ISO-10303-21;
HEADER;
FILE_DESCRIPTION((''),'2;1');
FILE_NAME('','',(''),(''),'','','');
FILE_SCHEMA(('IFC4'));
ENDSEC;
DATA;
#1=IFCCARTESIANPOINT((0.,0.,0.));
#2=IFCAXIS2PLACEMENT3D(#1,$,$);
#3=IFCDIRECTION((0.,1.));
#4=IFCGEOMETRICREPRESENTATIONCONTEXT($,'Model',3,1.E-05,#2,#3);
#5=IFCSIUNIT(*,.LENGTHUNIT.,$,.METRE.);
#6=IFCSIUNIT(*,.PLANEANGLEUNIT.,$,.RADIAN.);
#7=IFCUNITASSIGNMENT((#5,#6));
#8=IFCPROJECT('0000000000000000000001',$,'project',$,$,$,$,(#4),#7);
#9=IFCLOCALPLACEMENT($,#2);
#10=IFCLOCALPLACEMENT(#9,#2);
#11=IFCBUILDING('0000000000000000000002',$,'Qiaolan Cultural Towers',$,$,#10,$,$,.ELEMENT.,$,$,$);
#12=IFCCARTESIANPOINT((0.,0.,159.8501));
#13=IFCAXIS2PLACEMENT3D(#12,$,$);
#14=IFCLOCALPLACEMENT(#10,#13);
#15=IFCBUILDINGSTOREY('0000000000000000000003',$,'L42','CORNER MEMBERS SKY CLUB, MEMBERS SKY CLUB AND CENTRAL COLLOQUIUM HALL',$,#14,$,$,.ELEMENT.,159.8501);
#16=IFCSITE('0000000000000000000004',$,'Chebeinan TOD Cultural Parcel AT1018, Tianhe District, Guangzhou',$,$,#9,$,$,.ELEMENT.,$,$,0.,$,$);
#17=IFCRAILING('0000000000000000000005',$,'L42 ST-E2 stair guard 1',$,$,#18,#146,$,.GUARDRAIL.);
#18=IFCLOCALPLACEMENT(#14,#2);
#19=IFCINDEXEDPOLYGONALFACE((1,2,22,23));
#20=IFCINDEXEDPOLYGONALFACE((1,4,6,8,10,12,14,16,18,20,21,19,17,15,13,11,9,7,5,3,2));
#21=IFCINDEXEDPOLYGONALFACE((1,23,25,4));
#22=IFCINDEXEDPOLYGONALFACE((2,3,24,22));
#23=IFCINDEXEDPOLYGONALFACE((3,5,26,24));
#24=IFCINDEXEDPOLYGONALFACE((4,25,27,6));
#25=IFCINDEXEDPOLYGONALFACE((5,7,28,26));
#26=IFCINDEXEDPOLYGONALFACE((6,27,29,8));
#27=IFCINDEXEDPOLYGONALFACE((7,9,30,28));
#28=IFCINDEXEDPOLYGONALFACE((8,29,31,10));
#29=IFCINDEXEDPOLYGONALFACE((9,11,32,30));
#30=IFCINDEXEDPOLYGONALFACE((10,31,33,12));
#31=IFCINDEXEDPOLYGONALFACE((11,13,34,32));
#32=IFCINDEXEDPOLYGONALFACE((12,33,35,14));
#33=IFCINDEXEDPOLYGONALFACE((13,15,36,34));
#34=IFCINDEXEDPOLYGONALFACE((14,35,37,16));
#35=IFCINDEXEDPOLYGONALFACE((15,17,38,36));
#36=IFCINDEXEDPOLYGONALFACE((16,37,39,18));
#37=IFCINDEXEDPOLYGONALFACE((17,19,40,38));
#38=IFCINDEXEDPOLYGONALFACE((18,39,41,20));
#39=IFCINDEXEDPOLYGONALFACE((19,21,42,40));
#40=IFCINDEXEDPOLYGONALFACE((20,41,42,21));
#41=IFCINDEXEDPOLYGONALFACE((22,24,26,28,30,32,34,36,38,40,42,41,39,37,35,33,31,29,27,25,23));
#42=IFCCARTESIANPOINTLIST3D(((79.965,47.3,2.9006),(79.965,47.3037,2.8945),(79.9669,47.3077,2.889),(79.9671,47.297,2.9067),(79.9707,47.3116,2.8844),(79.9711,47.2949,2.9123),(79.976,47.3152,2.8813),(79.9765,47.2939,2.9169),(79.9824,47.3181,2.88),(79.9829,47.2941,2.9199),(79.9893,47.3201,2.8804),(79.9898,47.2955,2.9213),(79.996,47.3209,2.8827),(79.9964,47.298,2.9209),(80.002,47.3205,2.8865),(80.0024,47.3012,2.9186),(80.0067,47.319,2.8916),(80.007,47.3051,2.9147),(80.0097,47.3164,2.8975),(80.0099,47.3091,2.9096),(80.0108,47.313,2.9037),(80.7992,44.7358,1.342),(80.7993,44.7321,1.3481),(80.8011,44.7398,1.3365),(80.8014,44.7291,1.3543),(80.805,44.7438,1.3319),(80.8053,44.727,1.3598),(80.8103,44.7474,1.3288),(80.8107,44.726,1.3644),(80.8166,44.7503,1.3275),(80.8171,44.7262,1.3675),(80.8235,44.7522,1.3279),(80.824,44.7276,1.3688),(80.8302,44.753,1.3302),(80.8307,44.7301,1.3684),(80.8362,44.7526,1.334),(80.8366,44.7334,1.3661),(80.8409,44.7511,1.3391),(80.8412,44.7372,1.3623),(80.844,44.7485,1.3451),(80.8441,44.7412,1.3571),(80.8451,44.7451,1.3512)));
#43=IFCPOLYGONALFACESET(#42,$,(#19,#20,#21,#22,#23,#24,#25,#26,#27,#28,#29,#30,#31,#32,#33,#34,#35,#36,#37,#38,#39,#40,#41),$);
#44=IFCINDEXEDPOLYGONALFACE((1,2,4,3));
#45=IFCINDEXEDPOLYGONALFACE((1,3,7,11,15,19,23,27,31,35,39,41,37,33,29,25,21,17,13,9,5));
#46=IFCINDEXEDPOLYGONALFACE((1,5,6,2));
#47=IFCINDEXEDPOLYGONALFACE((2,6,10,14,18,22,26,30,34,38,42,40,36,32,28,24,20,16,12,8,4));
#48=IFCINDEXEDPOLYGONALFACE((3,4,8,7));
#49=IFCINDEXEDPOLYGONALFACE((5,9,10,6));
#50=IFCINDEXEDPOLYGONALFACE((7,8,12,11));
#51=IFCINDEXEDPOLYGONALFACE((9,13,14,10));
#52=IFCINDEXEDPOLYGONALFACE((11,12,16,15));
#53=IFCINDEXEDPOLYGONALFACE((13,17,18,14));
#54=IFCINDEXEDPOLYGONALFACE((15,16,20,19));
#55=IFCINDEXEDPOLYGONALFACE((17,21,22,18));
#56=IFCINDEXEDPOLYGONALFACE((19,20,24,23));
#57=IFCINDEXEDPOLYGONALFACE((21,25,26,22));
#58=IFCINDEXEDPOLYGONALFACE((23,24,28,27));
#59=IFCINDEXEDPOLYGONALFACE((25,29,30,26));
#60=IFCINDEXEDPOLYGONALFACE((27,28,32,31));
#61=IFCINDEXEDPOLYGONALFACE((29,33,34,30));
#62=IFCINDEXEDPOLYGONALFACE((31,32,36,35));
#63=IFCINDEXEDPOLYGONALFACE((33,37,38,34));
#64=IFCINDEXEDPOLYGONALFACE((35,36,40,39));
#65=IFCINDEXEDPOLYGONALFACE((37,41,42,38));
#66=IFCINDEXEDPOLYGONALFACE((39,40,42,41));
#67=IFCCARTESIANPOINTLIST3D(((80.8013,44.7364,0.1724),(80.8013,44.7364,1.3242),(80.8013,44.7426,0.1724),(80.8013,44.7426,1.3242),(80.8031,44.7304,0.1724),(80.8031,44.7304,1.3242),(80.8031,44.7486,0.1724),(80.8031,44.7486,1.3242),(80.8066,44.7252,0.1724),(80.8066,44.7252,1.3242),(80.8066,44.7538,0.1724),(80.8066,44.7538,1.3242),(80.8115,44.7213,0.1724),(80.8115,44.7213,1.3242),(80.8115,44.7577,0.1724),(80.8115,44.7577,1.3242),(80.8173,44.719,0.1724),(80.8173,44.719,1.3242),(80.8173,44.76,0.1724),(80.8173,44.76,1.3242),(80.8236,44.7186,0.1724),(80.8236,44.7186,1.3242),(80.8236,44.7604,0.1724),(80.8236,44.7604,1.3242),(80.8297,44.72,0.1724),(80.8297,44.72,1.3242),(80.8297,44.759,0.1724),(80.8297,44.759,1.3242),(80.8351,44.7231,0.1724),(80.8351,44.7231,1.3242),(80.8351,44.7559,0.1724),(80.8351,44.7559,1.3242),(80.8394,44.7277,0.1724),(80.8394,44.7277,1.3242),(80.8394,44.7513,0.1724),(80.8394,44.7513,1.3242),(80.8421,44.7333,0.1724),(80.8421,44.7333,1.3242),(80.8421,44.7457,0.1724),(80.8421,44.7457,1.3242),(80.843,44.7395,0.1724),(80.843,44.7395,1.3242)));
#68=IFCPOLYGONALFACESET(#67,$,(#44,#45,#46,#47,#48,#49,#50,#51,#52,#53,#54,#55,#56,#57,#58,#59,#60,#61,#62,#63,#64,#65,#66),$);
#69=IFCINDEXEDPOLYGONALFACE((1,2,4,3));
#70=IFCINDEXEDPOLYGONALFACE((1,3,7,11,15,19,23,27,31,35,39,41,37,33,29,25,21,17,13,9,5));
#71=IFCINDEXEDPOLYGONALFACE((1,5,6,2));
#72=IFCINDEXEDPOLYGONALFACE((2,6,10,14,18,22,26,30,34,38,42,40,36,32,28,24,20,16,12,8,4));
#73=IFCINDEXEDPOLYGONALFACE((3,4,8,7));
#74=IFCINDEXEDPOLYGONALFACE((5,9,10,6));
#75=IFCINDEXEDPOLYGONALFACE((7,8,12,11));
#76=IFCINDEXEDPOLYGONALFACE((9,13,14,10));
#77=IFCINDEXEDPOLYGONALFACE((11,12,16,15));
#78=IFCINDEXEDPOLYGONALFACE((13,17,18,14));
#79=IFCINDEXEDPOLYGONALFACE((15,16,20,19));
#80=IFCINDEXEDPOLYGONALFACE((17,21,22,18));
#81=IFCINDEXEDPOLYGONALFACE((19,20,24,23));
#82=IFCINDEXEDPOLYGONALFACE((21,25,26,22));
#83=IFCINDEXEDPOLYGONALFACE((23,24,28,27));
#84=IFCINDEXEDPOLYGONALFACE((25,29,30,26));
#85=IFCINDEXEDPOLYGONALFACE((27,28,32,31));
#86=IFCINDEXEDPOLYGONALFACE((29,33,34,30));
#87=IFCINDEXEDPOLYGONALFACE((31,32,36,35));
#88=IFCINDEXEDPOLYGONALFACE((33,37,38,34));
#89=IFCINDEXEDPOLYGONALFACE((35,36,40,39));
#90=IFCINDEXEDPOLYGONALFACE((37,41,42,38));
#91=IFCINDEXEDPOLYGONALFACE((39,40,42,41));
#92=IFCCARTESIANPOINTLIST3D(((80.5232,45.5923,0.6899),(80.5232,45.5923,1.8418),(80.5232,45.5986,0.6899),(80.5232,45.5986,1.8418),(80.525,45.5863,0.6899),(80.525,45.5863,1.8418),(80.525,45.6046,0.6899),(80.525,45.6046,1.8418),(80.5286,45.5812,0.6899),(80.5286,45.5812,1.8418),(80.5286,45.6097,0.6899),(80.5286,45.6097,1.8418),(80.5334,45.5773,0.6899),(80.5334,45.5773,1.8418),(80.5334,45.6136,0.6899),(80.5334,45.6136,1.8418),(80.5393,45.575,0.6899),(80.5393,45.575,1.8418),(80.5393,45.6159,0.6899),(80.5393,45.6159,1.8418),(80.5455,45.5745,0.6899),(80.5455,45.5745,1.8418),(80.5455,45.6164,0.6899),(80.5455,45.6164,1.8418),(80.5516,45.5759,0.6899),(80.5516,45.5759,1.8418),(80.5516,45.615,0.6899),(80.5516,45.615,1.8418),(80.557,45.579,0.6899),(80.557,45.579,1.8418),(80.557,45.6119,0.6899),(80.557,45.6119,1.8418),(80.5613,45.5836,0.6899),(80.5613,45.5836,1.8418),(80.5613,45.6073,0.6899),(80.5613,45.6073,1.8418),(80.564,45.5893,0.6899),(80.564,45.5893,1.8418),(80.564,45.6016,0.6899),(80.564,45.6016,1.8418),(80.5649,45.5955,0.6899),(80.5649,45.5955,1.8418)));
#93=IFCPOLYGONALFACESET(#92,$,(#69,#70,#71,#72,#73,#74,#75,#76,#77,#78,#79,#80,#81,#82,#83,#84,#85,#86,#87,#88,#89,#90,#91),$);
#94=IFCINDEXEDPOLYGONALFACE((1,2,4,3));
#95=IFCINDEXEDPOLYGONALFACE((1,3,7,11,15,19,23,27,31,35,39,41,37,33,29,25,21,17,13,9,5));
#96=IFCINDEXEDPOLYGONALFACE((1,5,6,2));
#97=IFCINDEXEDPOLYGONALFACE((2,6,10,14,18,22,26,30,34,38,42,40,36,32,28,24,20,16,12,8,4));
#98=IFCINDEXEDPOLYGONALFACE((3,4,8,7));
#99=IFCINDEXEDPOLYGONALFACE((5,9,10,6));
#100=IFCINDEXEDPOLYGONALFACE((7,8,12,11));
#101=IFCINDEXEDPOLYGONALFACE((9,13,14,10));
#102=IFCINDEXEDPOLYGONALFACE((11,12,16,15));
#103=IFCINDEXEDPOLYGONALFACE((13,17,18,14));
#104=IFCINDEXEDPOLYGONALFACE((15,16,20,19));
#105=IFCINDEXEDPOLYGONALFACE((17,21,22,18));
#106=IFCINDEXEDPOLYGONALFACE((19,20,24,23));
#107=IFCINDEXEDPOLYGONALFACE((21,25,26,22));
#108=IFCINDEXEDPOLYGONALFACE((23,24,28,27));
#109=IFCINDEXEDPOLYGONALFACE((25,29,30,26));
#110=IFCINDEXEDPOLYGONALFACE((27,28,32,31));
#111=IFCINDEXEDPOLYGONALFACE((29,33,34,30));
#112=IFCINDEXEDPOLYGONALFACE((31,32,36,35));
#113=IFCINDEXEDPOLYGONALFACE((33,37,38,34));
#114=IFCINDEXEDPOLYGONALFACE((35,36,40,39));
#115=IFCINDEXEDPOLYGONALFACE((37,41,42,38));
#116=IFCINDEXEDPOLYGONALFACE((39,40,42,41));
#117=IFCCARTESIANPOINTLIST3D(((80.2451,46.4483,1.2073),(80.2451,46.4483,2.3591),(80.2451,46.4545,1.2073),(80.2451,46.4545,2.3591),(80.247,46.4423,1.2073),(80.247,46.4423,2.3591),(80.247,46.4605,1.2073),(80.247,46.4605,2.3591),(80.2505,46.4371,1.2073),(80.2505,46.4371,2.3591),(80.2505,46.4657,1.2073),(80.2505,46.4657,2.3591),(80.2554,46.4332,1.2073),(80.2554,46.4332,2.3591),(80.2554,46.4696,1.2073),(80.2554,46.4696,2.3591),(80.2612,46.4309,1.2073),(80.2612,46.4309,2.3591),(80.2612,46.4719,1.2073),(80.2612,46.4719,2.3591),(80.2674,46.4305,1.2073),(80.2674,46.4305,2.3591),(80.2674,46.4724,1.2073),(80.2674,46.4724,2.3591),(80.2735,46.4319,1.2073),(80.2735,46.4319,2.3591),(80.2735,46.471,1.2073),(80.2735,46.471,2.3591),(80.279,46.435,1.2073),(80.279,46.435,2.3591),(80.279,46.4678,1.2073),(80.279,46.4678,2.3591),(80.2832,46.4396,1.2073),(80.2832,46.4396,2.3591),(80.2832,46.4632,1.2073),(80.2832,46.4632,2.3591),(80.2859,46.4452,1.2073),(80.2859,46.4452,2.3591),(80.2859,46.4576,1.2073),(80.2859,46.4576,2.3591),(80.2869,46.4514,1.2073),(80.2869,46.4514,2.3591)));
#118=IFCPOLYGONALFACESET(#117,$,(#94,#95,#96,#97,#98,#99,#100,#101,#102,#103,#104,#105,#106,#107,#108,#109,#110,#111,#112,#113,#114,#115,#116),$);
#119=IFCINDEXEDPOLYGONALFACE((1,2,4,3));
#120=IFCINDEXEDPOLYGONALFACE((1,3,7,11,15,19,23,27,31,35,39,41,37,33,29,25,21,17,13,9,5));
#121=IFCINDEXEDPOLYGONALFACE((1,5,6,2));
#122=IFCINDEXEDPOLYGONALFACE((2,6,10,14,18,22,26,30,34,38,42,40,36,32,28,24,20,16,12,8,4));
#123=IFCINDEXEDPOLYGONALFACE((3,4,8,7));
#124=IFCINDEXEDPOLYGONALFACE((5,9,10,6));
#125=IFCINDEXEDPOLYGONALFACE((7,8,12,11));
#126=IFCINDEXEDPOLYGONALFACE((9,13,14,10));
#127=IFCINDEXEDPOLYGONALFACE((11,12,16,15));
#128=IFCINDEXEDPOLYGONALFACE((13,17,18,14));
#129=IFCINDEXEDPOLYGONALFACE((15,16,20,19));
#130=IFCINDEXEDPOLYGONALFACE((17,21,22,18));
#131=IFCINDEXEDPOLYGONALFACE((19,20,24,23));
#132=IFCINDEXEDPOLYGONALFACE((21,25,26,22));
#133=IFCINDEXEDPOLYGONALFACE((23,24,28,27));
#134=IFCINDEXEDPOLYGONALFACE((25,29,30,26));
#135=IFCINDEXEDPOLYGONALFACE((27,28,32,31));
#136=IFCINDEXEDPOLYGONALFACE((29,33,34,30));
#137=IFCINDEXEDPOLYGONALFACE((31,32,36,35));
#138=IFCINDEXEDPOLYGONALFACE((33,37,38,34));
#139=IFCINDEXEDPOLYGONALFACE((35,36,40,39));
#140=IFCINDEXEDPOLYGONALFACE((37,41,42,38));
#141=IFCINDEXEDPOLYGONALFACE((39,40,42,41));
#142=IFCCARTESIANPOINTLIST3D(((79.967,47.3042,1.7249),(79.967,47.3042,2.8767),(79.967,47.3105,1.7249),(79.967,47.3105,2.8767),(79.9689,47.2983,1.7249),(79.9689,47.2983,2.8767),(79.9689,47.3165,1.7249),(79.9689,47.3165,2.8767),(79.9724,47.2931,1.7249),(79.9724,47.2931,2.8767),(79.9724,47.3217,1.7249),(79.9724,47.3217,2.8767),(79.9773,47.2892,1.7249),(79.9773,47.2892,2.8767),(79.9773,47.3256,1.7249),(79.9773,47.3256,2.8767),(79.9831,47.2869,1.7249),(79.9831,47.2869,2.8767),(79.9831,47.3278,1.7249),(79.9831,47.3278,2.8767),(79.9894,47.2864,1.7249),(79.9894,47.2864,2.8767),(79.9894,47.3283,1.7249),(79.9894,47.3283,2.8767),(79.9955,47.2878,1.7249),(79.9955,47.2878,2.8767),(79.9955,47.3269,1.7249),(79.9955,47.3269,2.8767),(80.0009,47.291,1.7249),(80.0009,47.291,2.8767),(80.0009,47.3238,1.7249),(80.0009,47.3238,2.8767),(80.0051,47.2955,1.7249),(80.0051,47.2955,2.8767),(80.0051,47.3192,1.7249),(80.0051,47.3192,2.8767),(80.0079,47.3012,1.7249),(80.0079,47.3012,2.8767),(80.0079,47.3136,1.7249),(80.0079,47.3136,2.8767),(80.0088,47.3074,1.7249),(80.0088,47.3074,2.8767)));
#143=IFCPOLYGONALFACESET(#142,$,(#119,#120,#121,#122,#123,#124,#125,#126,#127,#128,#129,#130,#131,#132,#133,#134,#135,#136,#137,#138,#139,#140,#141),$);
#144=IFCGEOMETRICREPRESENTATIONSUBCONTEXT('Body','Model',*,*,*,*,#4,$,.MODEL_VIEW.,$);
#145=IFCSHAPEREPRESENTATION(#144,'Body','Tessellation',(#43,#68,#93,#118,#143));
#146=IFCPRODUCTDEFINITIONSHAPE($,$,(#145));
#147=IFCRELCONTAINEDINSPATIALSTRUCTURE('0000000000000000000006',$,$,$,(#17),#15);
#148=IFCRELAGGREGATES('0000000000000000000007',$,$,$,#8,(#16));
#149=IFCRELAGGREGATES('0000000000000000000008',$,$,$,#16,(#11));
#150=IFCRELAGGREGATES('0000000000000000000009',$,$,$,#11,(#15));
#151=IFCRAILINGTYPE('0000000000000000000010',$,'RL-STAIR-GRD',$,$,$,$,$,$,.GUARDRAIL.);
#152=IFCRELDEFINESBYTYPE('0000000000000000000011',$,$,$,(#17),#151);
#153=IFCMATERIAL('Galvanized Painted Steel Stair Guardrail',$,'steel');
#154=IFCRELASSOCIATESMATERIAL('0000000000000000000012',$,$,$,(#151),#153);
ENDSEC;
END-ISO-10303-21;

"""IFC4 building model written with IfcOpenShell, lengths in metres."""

from ifc_helpers import new_model, si_unit, direction, frame, origin, origin_2d, place, context, subcontext, project, spatial, circle, extrude, material, type_object, element, save


model = new_model("IFC4")

# Units and contexts
model_context = context("Model", 3, precision=1e-05, world=origin(), true_north=direction((0.0, 1.0)))
body_context = subcontext(model_context, "Body", "Model", "MODEL_VIEW")
ifc_project = project(units=[si_unit("LENGTHUNIT", "METRE"), si_unit("PLANEANGLEUNIT", "RADIAN")], contexts=[model_context])

# Site, building, storey
site_placement = place(None, origin())
site = spatial("IfcSite", under=ifc_project, at=site_placement, Name="Chebeinan TOD Cultural Parcel AT1018, Tianhe District, Guangzhou", CompositionType="ELEMENT", RefElevation=0.0)
building_placement = place(site_placement, origin())
building = spatial("IfcBuilding", under=site, at=building_placement, Name="Qiaolan Cultural Towers", CompositionType="ELEMENT")
storey_placement = place(building_placement, frame((0.0, 0.0, 159.8501)))
storey = spatial("IfcBuildingStorey", under=building, at=storey_placement, Name="L42", Description="CORNER MEMBERS SKY CLUB, MEMBERS SKY CLUB AND CENTRAL COLLOQUIUM HALL", CompositionType="ELEMENT", Elevation=159.8501)

# Railing
ifc_material_1 = material(Name="Galvanized Painted Steel Stair Guardrail", Category="steel")
railing_type_1 = type_object("IfcRailingType", Name="RL-STAIR-GRD", PredefinedType="GUARDRAIL", material=ifc_material_1)
railing_1_placement = place(storey_placement, frame((80.822, 44.7395, 0.1724)))
element("IfcRailing", 1, at=railing_1_placement, inside=storey, type_object=railing_type_1, Name="L42 ST-E2 stair guard 1", PredefinedType="GUARDRAIL", context=body_context, shape_type="SweptSolid", body=[
    extrude(circle(Radius=0.0239, at=origin_2d()), frame((0.0, 0.0, 1.1758), z_axis=(-0.267853, 0.824488, 0.498471), x_axis=(-0.95107, -0.308976, 0.0)), (0.0, 0.0, 1.0), 3.1145),
    extrude(circle(Radius=0.021, at=origin_2d()), origin(), (0.0, 0.0, 1.0), 1.1519),
    extrude(circle(Radius=0.021, at=origin_2d()), frame((-0.2781, 0.856, 0.5176)), (0.0, 0.0, 1.0), 1.1519),
    extrude(circle(Radius=0.021, at=origin_2d()), frame((-0.5562, 1.7119, 1.0349)), (0.0, 0.0, 1.0), 1.1519),
    extrude(circle(Radius=0.021, at=origin_2d()), frame((-0.8342, 2.5679, 1.5525)), (0.0, 0.0, 1.0), 1.1519),
])

save(model, "model.ifc")
